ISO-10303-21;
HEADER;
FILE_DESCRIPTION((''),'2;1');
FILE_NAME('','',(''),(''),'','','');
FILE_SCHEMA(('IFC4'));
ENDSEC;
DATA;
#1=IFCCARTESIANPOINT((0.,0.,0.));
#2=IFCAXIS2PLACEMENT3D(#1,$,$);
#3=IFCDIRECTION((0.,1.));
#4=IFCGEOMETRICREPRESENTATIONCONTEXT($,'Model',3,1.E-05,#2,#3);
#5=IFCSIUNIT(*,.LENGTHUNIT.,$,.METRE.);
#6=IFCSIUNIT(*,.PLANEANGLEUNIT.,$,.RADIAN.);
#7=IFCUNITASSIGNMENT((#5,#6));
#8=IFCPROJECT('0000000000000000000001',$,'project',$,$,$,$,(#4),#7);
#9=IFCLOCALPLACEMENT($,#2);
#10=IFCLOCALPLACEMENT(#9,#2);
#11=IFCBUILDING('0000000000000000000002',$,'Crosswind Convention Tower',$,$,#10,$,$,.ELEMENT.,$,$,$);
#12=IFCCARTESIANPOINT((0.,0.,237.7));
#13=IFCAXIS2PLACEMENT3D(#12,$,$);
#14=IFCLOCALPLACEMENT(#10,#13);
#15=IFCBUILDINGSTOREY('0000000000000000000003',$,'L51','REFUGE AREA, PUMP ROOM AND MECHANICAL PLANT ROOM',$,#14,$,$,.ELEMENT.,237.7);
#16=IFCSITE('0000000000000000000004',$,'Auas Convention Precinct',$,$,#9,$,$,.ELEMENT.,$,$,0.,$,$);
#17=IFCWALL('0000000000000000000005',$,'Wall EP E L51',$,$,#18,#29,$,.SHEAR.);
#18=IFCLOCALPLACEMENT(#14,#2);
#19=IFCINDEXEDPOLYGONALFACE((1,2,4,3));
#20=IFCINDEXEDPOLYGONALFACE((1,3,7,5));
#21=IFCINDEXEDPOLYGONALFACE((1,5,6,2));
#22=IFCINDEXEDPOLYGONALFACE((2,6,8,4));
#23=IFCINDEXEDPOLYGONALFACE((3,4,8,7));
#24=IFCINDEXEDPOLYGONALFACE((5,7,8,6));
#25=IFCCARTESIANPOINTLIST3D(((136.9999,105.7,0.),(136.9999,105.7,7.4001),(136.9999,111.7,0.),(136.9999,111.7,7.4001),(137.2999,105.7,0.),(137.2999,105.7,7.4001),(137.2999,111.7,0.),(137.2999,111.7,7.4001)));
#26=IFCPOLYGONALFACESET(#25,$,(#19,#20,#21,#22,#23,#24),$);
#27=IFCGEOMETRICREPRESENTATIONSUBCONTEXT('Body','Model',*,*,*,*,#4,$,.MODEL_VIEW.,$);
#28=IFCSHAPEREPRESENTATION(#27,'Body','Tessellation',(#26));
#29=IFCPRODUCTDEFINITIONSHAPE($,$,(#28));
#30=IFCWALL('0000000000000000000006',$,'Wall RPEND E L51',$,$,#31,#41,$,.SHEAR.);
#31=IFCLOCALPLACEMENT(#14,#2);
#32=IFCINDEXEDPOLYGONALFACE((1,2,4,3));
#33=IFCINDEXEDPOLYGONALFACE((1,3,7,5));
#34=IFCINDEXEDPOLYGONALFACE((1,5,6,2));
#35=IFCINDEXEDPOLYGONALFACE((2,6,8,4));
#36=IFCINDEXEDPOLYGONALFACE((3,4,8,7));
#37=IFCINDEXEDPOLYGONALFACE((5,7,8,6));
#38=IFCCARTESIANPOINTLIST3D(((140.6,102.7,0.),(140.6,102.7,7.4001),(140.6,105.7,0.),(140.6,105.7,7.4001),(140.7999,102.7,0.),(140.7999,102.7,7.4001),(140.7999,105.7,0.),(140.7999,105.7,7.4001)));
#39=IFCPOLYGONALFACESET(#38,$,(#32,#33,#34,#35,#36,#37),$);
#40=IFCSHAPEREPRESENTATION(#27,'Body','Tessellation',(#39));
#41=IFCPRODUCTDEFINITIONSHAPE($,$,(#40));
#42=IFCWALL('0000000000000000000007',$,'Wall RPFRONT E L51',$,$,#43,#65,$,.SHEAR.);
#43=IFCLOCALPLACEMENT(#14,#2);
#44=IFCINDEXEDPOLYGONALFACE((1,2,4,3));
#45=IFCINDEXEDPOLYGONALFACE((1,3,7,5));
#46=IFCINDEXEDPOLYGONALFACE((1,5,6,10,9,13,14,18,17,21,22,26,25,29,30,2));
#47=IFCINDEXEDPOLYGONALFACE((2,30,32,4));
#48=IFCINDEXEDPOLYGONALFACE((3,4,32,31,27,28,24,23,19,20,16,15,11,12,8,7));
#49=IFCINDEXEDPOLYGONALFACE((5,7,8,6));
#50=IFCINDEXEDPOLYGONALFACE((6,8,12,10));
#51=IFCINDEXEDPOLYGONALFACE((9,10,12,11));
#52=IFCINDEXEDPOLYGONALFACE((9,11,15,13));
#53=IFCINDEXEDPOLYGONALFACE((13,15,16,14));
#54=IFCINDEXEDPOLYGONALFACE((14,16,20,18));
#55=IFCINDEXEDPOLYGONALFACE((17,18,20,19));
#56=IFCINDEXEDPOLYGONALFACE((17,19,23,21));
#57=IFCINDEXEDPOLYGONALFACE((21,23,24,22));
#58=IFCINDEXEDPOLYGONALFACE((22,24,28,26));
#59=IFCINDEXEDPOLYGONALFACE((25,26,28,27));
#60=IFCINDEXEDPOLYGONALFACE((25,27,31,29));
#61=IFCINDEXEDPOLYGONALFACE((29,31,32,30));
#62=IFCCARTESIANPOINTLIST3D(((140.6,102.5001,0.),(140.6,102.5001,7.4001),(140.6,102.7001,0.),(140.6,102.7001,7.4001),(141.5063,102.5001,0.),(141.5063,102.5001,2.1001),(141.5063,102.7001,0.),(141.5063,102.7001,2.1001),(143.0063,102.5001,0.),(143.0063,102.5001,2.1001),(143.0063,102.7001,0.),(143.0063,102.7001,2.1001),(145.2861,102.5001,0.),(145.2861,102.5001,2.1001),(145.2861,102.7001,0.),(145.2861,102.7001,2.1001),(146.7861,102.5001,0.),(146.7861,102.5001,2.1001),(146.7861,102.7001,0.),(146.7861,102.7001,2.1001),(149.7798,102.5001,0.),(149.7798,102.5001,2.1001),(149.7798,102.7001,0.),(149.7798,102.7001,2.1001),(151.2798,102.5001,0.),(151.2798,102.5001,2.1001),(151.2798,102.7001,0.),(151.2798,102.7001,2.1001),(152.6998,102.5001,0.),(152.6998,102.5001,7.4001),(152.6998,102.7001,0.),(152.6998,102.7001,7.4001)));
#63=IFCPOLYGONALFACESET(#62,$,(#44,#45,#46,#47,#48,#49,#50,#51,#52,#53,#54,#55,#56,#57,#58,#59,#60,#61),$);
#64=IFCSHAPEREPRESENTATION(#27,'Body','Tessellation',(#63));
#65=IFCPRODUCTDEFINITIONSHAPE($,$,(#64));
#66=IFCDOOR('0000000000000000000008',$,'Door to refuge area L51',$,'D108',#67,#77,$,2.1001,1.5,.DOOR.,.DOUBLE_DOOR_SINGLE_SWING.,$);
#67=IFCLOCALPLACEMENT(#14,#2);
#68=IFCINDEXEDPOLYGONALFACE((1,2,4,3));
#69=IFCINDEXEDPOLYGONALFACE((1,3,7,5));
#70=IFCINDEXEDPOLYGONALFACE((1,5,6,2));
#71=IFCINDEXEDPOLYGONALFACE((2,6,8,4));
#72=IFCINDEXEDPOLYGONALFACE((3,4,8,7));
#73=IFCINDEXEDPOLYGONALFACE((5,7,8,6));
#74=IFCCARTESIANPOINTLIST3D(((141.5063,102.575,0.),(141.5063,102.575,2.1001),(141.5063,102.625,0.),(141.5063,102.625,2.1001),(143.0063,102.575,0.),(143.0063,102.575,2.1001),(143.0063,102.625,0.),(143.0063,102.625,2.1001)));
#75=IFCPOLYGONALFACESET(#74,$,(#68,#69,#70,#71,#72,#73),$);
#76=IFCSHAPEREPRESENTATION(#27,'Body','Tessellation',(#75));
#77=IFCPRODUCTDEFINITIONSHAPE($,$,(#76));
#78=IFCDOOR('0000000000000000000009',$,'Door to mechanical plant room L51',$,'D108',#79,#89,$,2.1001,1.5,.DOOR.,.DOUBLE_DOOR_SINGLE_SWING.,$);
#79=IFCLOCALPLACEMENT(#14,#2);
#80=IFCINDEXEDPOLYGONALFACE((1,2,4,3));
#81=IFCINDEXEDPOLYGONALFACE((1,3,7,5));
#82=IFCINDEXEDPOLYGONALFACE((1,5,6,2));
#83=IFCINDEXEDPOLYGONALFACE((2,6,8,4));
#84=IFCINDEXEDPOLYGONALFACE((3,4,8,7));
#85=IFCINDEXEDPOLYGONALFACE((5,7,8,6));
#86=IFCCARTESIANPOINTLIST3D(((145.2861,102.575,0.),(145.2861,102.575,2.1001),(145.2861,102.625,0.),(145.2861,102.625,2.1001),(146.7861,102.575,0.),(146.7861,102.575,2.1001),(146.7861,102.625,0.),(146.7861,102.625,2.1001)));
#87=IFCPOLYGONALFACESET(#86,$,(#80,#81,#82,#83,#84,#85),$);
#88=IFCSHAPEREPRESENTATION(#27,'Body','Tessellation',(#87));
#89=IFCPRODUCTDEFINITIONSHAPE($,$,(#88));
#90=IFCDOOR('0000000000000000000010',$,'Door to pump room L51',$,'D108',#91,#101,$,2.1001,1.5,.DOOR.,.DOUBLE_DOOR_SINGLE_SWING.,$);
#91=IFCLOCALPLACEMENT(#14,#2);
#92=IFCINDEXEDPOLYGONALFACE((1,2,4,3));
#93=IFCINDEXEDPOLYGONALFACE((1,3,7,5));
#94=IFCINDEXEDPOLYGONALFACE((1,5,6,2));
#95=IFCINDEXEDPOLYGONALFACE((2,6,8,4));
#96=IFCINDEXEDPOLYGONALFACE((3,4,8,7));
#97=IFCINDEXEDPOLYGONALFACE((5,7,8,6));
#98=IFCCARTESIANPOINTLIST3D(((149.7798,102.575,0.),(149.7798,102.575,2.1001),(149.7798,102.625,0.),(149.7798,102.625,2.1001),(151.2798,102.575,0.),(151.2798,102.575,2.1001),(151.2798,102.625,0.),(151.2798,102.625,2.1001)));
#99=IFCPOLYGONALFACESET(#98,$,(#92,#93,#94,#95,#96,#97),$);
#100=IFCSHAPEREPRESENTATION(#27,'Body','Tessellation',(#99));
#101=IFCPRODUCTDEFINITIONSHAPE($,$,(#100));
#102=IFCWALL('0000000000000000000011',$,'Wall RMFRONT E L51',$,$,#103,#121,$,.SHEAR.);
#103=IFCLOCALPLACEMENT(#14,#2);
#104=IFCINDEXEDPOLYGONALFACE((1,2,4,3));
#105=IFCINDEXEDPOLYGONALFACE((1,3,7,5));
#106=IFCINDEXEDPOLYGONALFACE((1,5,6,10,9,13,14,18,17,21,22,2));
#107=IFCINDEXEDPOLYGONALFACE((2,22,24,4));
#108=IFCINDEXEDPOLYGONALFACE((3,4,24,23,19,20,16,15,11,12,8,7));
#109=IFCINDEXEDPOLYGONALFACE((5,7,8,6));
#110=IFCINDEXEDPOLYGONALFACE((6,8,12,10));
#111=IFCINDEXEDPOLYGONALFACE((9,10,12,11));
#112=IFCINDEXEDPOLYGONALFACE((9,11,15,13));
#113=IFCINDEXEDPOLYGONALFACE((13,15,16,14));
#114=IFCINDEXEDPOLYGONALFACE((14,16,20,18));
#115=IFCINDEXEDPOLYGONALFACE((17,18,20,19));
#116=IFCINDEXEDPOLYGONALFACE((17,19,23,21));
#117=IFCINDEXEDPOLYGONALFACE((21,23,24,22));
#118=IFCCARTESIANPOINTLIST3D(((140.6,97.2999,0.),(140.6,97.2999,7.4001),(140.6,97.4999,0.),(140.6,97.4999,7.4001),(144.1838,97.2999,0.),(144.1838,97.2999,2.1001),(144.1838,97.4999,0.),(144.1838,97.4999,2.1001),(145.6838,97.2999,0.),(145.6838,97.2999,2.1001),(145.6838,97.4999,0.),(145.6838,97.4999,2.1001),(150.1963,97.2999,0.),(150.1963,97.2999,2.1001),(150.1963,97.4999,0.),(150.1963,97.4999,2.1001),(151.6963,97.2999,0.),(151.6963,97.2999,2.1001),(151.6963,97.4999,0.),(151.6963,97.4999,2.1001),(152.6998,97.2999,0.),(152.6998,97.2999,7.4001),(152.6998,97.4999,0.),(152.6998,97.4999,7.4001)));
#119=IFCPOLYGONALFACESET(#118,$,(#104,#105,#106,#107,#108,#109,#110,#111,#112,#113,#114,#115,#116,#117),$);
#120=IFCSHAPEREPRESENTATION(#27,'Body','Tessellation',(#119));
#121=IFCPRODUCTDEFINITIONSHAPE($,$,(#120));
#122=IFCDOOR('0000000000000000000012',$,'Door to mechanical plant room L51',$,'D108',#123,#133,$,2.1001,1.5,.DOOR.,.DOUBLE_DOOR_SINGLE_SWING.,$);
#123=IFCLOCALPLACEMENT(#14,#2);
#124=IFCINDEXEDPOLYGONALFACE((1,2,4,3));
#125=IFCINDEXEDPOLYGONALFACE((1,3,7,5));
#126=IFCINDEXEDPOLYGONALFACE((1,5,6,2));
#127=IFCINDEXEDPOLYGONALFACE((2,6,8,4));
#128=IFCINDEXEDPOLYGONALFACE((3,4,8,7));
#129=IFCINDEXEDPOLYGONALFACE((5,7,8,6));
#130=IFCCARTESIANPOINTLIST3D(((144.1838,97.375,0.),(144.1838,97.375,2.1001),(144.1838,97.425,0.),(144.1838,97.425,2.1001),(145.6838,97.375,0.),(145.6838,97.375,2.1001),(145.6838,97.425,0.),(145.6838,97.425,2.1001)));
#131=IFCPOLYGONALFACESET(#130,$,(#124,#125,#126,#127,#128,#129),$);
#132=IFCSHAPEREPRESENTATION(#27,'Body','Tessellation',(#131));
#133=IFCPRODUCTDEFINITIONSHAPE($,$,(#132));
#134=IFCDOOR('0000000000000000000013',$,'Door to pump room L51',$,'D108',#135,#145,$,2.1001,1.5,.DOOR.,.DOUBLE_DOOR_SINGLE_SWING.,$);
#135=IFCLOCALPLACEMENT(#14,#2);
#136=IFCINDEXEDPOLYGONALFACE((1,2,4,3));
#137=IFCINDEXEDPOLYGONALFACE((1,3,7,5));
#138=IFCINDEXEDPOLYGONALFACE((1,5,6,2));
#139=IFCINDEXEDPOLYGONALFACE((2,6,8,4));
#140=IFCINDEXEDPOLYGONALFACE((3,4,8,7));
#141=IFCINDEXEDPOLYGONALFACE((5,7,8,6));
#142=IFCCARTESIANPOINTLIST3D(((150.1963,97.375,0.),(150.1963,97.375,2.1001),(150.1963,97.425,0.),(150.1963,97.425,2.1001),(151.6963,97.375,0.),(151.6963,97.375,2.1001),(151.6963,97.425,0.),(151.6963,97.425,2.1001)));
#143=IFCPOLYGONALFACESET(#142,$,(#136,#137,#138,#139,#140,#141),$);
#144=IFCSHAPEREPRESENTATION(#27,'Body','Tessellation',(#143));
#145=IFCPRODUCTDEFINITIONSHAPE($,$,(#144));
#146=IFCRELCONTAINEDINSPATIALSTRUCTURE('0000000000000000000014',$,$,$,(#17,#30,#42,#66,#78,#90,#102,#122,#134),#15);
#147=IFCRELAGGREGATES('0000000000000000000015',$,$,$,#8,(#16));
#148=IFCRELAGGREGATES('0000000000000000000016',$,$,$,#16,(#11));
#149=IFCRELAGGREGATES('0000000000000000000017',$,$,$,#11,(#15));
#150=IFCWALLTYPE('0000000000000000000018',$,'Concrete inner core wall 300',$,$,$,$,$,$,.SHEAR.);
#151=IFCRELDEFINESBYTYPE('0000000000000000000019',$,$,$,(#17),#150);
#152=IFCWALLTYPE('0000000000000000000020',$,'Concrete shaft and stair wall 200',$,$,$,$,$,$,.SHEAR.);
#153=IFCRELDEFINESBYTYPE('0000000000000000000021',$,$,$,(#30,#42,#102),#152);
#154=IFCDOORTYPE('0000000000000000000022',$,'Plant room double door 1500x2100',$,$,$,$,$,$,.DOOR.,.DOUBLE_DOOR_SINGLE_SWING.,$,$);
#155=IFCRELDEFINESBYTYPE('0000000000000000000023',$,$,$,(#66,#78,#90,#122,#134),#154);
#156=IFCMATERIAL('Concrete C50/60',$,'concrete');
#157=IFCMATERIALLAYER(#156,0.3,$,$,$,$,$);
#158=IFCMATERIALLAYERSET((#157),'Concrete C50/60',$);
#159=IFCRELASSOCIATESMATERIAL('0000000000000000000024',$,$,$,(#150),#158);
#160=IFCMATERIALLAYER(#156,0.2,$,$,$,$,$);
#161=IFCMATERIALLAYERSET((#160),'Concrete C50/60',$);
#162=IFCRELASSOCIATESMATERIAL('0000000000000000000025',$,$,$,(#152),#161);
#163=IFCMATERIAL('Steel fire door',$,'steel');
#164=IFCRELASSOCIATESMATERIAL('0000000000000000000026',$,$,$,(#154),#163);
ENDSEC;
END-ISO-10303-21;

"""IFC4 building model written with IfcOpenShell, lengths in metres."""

from ifc_helpers import new_model, si_unit, direction, frame, frame_2d, origin, place, context, subcontext, project, spatial, rectangle, extrude, material, layer, layer_set, type_object, element, fill, save


model = new_model("IFC4")

# Units and contexts
model_context = context("Model", 3, precision=1e-05, world=origin(), true_north=direction((0.0, 1.0)))
body_context = subcontext(model_context, "Body", "Model", "MODEL_VIEW")
ifc_project = project(units=[si_unit("LENGTHUNIT", "METRE"), si_unit("PLANEANGLEUNIT", "RADIAN")], contexts=[model_context])

# Site, building, storey
site_placement = place(None, origin())
site = spatial("IfcSite", under=ifc_project, at=site_placement, Name="Auas Convention Precinct", CompositionType="ELEMENT", RefElevation=0.0)
building_placement = place(site_placement, origin())
building = spatial("IfcBuilding", under=site, at=building_placement, Name="Crosswind Convention Tower", CompositionType="ELEMENT")
storey_placement = place(building_placement, frame((0.0, 0.0, 237.7)))
storey = spatial("IfcBuildingStorey", under=building, at=storey_placement, Name="L51", Description="REFUGE AREA, PUMP ROOM AND MECHANICAL PLANT ROOM", CompositionType="ELEMENT", Elevation=237.7)

# Walls
ifc_material_1 = material(Name="Concrete C50/60", Category="concrete")
ifc_layer_1 = layer(ifc_material_1, 0.3)
ifc_layer_set_1 = layer_set([ifc_layer_1], Name="Concrete C50/60")
wall_type_1 = type_object("IfcWallType", Name="Concrete inner core wall 300", PredefinedType="SHEAR", material=ifc_layer_set_1)
wall_1_placement = place(storey_placement, frame((137.1499, 105.7, 0.0), z_axis=(0.0, 0.0, 1.0), x_axis=(0.0, 1.0, 0.0)))
element("IfcWall", 1, at=wall_1_placement, inside=storey, type_object=wall_type_1, Name="Wall EP E L51", PredefinedType="SHEAR", context=body_context, shape_type="SweptSolid", body=[
    extrude(rectangle(XDim=6.0, YDim=0.3, at=frame_2d((3.0, 0.0))), origin(), (0.0, 0.0, 1.0), 7.4001),
])
ifc_layer_2 = layer(ifc_material_1, 0.2)
ifc_layer_set_2 = layer_set([ifc_layer_2], Name="Concrete C50/60")
wall_type_2 = type_object("IfcWallType", Name="Concrete shaft and stair wall 200", PredefinedType="SHEAR", material=ifc_layer_set_2)
wall_2_placement = place(storey_placement, frame((140.7, 102.7, 0.0), z_axis=(0.0, 0.0, 1.0), x_axis=(0.0, 1.0, 0.0)))
element("IfcWall", 2, at=wall_2_placement, inside=storey, type_object=wall_type_2, Name="Wall RPEND E L51", PredefinedType="SHEAR", context=body_context, shape_type="SweptSolid", body=[
    extrude(rectangle(XDim=3.0, YDim=0.2, at=frame_2d((1.5, 0.0))), origin(), (0.0, 0.0, 1.0), 7.4001),
])

# Walls, openings, doors
wall_3_placement = place(storey_placement, frame((140.6001, 102.6001, 0.0), z_axis=(0.0, 0.0, 1.0), x_axis=(1.0, 0.0, 0.0)))
wall_3 = element("IfcWall", 3, at=wall_3_placement, inside=storey, type_object=wall_type_2, Name="Wall RPFRONT E L51", PredefinedType="SHEAR", context=body_context, shape_type="SweptSolid", body=[
    extrude(rectangle(XDim=12.0999, YDim=0.2, at=frame_2d((6.0498, 0.0))), origin(), (0.0, 0.0, 1.0), 7.4001),
])
opening_1_placement = place(wall_3_placement, frame((0.9062, 0.0, 0.0)))
opening_1 = element("IfcOpeningElement", 4, at=opening_1_placement, cuts=wall_3, PredefinedType="OPENING", context=body_context, shape_type="SweptSolid", body=[
    extrude(rectangle(XDim=1.5, YDim=2.1001, at=frame_2d((0.75, 1.05))), frame((0.0, 0.1099, 0.0), z_axis=(0.0, -1.0, 0.0), x_axis=(1.0, 0.0, 0.0)), (0.0, 0.0, 1.0), 0.22),
])
opening_2_placement = place(wall_3_placement, frame((4.686, 0.0, 0.0)))
opening_2 = element("IfcOpeningElement", 5, at=opening_2_placement, cuts=wall_3, PredefinedType="OPENING", context=body_context, shape_type="SweptSolid", body=[
    extrude(rectangle(XDim=1.5, YDim=2.1001, at=frame_2d((0.75, 1.05))), frame((0.0, 0.1099, 0.0), z_axis=(0.0, -1.0, 0.0), x_axis=(1.0, 0.0, 0.0)), (0.0, 0.0, 1.0), 0.22),
])
opening_3_placement = place(wall_3_placement, frame((9.1797, 0.0, 0.0)))
opening_3 = element("IfcOpeningElement", 6, at=opening_3_placement, cuts=wall_3, PredefinedType="OPENING", context=body_context, shape_type="SweptSolid", body=[
    extrude(rectangle(XDim=1.5, YDim=2.1001, at=frame_2d((0.75, 1.05))), frame((0.0, 0.1099, 0.0), z_axis=(0.0, -1.0, 0.0), x_axis=(1.0, 0.0, 0.0)), (0.0, 0.0, 1.0), 0.22),
])
ifc_material_2 = material(Name="Steel fire door", Category="steel")
door_type_1 = type_object("IfcDoorType", Name="Plant room double door 1500x2100", OperationType="DOUBLE_DOOR_SINGLE_SWING", PredefinedType="DOOR", material=ifc_material_2)
door_1_placement = place(opening_1_placement, origin())
door_1 = element("IfcDoor", 7, at=door_1_placement, inside=storey, type_object=door_type_1, Name="Door to refuge area L51", ObjectType="D108", OperationType="DOUBLE_DOOR_SINGLE_SWING", OverallHeight=2.1001, OverallWidth=1.5, PredefinedType="DOOR", context=body_context, shape_type="SweptSolid", body=[
    extrude(rectangle(XDim=1.5, YDim=2.1001, at=frame_2d((0.75, 1.05))), frame((0.0, 0.0249, 0.0), z_axis=(0.0, -1.0, 0.0), x_axis=(1.0, 0.0, 0.0)), (0.0, 0.0, 1.0), 0.05),
])
fill(opening_1, door_1)
door_2_placement = place(opening_2_placement, origin())
door_2 = element("IfcDoor", 8, at=door_2_placement, inside=storey, type_object=door_type_1, Name="Door to mechanical plant room L51", ObjectType="D108", OperationType="DOUBLE_DOOR_SINGLE_SWING", OverallHeight=2.1001, OverallWidth=1.5, PredefinedType="DOOR", context=body_context, shape_type="SweptSolid", body=[
    extrude(rectangle(XDim=1.5, YDim=2.1001, at=frame_2d((0.75, 1.05))), frame((0.0, 0.0249, 0.0), z_axis=(0.0, -1.0, 0.0), x_axis=(1.0, 0.0, 0.0)), (0.0, 0.0, 1.0), 0.05),
])
fill(opening_2, door_2)
door_3_placement = place(opening_3_placement, origin())
door_3 = element("IfcDoor", 9, at=door_3_placement, inside=storey, type_object=door_type_1, Name="Door to pump room L51", ObjectType="D108", OperationType="DOUBLE_DOOR_SINGLE_SWING", OverallHeight=2.1001, OverallWidth=1.5, PredefinedType="DOOR", context=body_context, shape_type="SweptSolid", body=[
    extrude(rectangle(XDim=1.5, YDim=2.1001, at=frame_2d((0.75, 1.05))), frame((0.0, 0.0249, 0.0), z_axis=(0.0, -1.0, 0.0), x_axis=(1.0, 0.0, 0.0)), (0.0, 0.0, 1.0), 0.05),
])
fill(opening_3, door_3)
wall_4_placement = place(storey_placement, frame((140.6001, 97.3999, 0.0), z_axis=(0.0, 0.0, 1.0), x_axis=(1.0, 0.0, 0.0)))
wall_4 = element("IfcWall", 10, at=wall_4_placement, inside=storey, type_object=wall_type_2, Name="Wall RMFRONT E L51", PredefinedType="SHEAR", context=body_context, shape_type="SweptSolid", body=[
    extrude(rectangle(XDim=12.0999, YDim=0.2, at=frame_2d((6.0498, 0.0))), origin(), (0.0, 0.0, 1.0), 7.4001),
])
opening_4_placement = place(wall_4_placement, frame((3.5837, 0.0, 0.0)))
opening_4 = element("IfcOpeningElement", 11, at=opening_4_placement, cuts=wall_4, PredefinedType="OPENING", context=body_context, shape_type="SweptSolid", body=[
    extrude(rectangle(XDim=1.5, YDim=2.1001, at=frame_2d((0.75, 1.05))), frame((0.0, 0.1099, 0.0), z_axis=(0.0, -1.0, 0.0), x_axis=(1.0, 0.0, 0.0)), (0.0, 0.0, 1.0), 0.22),
])
opening_5_placement = place(wall_4_placement, frame((9.5962, 0.0, 0.0)))
opening_5 = element("IfcOpeningElement", 12, at=opening_5_placement, cuts=wall_4, PredefinedType="OPENING", context=body_context, shape_type="SweptSolid", body=[
    extrude(rectangle(XDim=1.5, YDim=2.1001, at=frame_2d((0.75, 1.05))), frame((0.0, 0.1099, 0.0), z_axis=(0.0, -1.0, 0.0), x_axis=(1.0, 0.0, 0.0)), (0.0, 0.0, 1.0), 0.22),
])
door_4_placement = place(opening_4_placement, frame((1.5, 0.0, 0.0), z_axis=(0.0, 0.0, 1.0), x_axis=(-1.0, 0.0, 0.0)))
door_4 = element("IfcDoor", 13, at=door_4_placement, inside=storey, type_object=door_type_1, Name="Door to mechanical plant room L51", ObjectType="D108", OperationType="DOUBLE_DOOR_SINGLE_SWING", OverallHeight=2.1001, OverallWidth=1.5, PredefinedType="DOOR", context=body_context, shape_type="SweptSolid", body=[
    extrude(rectangle(XDim=1.5, YDim=2.1001, at=frame_2d((0.75, 1.05))), frame((0.0, 0.0249, 0.0), z_axis=(0.0, -1.0, 0.0), x_axis=(1.0, 0.0, 0.0)), (0.0, 0.0, 1.0), 0.05),
])
fill(opening_4, door_4)
door_5_placement = place(opening_5_placement, frame((1.5, 0.0, 0.0), z_axis=(0.0, 0.0, 1.0), x_axis=(-1.0, 0.0, 0.0)))
door_5 = element("IfcDoor", 14, at=door_5_placement, inside=storey, type_object=door_type_1, Name="Door to pump room L51", ObjectType="D108", OperationType="DOUBLE_DOOR_SINGLE_SWING", OverallHeight=2.1001, OverallWidth=1.5, PredefinedType="DOOR", context=body_context, shape_type="SweptSolid", body=[
    extrude(rectangle(XDim=1.5, YDim=2.1001, at=frame_2d((0.75, 1.05))), frame((0.0, 0.0249, 0.0), z_axis=(0.0, -1.0, 0.0), x_axis=(1.0, 0.0, 0.0)), (0.0, 0.0, 1.0), 0.05),
])
fill(opening_5, door_5)

save(model, "model.ifc")
